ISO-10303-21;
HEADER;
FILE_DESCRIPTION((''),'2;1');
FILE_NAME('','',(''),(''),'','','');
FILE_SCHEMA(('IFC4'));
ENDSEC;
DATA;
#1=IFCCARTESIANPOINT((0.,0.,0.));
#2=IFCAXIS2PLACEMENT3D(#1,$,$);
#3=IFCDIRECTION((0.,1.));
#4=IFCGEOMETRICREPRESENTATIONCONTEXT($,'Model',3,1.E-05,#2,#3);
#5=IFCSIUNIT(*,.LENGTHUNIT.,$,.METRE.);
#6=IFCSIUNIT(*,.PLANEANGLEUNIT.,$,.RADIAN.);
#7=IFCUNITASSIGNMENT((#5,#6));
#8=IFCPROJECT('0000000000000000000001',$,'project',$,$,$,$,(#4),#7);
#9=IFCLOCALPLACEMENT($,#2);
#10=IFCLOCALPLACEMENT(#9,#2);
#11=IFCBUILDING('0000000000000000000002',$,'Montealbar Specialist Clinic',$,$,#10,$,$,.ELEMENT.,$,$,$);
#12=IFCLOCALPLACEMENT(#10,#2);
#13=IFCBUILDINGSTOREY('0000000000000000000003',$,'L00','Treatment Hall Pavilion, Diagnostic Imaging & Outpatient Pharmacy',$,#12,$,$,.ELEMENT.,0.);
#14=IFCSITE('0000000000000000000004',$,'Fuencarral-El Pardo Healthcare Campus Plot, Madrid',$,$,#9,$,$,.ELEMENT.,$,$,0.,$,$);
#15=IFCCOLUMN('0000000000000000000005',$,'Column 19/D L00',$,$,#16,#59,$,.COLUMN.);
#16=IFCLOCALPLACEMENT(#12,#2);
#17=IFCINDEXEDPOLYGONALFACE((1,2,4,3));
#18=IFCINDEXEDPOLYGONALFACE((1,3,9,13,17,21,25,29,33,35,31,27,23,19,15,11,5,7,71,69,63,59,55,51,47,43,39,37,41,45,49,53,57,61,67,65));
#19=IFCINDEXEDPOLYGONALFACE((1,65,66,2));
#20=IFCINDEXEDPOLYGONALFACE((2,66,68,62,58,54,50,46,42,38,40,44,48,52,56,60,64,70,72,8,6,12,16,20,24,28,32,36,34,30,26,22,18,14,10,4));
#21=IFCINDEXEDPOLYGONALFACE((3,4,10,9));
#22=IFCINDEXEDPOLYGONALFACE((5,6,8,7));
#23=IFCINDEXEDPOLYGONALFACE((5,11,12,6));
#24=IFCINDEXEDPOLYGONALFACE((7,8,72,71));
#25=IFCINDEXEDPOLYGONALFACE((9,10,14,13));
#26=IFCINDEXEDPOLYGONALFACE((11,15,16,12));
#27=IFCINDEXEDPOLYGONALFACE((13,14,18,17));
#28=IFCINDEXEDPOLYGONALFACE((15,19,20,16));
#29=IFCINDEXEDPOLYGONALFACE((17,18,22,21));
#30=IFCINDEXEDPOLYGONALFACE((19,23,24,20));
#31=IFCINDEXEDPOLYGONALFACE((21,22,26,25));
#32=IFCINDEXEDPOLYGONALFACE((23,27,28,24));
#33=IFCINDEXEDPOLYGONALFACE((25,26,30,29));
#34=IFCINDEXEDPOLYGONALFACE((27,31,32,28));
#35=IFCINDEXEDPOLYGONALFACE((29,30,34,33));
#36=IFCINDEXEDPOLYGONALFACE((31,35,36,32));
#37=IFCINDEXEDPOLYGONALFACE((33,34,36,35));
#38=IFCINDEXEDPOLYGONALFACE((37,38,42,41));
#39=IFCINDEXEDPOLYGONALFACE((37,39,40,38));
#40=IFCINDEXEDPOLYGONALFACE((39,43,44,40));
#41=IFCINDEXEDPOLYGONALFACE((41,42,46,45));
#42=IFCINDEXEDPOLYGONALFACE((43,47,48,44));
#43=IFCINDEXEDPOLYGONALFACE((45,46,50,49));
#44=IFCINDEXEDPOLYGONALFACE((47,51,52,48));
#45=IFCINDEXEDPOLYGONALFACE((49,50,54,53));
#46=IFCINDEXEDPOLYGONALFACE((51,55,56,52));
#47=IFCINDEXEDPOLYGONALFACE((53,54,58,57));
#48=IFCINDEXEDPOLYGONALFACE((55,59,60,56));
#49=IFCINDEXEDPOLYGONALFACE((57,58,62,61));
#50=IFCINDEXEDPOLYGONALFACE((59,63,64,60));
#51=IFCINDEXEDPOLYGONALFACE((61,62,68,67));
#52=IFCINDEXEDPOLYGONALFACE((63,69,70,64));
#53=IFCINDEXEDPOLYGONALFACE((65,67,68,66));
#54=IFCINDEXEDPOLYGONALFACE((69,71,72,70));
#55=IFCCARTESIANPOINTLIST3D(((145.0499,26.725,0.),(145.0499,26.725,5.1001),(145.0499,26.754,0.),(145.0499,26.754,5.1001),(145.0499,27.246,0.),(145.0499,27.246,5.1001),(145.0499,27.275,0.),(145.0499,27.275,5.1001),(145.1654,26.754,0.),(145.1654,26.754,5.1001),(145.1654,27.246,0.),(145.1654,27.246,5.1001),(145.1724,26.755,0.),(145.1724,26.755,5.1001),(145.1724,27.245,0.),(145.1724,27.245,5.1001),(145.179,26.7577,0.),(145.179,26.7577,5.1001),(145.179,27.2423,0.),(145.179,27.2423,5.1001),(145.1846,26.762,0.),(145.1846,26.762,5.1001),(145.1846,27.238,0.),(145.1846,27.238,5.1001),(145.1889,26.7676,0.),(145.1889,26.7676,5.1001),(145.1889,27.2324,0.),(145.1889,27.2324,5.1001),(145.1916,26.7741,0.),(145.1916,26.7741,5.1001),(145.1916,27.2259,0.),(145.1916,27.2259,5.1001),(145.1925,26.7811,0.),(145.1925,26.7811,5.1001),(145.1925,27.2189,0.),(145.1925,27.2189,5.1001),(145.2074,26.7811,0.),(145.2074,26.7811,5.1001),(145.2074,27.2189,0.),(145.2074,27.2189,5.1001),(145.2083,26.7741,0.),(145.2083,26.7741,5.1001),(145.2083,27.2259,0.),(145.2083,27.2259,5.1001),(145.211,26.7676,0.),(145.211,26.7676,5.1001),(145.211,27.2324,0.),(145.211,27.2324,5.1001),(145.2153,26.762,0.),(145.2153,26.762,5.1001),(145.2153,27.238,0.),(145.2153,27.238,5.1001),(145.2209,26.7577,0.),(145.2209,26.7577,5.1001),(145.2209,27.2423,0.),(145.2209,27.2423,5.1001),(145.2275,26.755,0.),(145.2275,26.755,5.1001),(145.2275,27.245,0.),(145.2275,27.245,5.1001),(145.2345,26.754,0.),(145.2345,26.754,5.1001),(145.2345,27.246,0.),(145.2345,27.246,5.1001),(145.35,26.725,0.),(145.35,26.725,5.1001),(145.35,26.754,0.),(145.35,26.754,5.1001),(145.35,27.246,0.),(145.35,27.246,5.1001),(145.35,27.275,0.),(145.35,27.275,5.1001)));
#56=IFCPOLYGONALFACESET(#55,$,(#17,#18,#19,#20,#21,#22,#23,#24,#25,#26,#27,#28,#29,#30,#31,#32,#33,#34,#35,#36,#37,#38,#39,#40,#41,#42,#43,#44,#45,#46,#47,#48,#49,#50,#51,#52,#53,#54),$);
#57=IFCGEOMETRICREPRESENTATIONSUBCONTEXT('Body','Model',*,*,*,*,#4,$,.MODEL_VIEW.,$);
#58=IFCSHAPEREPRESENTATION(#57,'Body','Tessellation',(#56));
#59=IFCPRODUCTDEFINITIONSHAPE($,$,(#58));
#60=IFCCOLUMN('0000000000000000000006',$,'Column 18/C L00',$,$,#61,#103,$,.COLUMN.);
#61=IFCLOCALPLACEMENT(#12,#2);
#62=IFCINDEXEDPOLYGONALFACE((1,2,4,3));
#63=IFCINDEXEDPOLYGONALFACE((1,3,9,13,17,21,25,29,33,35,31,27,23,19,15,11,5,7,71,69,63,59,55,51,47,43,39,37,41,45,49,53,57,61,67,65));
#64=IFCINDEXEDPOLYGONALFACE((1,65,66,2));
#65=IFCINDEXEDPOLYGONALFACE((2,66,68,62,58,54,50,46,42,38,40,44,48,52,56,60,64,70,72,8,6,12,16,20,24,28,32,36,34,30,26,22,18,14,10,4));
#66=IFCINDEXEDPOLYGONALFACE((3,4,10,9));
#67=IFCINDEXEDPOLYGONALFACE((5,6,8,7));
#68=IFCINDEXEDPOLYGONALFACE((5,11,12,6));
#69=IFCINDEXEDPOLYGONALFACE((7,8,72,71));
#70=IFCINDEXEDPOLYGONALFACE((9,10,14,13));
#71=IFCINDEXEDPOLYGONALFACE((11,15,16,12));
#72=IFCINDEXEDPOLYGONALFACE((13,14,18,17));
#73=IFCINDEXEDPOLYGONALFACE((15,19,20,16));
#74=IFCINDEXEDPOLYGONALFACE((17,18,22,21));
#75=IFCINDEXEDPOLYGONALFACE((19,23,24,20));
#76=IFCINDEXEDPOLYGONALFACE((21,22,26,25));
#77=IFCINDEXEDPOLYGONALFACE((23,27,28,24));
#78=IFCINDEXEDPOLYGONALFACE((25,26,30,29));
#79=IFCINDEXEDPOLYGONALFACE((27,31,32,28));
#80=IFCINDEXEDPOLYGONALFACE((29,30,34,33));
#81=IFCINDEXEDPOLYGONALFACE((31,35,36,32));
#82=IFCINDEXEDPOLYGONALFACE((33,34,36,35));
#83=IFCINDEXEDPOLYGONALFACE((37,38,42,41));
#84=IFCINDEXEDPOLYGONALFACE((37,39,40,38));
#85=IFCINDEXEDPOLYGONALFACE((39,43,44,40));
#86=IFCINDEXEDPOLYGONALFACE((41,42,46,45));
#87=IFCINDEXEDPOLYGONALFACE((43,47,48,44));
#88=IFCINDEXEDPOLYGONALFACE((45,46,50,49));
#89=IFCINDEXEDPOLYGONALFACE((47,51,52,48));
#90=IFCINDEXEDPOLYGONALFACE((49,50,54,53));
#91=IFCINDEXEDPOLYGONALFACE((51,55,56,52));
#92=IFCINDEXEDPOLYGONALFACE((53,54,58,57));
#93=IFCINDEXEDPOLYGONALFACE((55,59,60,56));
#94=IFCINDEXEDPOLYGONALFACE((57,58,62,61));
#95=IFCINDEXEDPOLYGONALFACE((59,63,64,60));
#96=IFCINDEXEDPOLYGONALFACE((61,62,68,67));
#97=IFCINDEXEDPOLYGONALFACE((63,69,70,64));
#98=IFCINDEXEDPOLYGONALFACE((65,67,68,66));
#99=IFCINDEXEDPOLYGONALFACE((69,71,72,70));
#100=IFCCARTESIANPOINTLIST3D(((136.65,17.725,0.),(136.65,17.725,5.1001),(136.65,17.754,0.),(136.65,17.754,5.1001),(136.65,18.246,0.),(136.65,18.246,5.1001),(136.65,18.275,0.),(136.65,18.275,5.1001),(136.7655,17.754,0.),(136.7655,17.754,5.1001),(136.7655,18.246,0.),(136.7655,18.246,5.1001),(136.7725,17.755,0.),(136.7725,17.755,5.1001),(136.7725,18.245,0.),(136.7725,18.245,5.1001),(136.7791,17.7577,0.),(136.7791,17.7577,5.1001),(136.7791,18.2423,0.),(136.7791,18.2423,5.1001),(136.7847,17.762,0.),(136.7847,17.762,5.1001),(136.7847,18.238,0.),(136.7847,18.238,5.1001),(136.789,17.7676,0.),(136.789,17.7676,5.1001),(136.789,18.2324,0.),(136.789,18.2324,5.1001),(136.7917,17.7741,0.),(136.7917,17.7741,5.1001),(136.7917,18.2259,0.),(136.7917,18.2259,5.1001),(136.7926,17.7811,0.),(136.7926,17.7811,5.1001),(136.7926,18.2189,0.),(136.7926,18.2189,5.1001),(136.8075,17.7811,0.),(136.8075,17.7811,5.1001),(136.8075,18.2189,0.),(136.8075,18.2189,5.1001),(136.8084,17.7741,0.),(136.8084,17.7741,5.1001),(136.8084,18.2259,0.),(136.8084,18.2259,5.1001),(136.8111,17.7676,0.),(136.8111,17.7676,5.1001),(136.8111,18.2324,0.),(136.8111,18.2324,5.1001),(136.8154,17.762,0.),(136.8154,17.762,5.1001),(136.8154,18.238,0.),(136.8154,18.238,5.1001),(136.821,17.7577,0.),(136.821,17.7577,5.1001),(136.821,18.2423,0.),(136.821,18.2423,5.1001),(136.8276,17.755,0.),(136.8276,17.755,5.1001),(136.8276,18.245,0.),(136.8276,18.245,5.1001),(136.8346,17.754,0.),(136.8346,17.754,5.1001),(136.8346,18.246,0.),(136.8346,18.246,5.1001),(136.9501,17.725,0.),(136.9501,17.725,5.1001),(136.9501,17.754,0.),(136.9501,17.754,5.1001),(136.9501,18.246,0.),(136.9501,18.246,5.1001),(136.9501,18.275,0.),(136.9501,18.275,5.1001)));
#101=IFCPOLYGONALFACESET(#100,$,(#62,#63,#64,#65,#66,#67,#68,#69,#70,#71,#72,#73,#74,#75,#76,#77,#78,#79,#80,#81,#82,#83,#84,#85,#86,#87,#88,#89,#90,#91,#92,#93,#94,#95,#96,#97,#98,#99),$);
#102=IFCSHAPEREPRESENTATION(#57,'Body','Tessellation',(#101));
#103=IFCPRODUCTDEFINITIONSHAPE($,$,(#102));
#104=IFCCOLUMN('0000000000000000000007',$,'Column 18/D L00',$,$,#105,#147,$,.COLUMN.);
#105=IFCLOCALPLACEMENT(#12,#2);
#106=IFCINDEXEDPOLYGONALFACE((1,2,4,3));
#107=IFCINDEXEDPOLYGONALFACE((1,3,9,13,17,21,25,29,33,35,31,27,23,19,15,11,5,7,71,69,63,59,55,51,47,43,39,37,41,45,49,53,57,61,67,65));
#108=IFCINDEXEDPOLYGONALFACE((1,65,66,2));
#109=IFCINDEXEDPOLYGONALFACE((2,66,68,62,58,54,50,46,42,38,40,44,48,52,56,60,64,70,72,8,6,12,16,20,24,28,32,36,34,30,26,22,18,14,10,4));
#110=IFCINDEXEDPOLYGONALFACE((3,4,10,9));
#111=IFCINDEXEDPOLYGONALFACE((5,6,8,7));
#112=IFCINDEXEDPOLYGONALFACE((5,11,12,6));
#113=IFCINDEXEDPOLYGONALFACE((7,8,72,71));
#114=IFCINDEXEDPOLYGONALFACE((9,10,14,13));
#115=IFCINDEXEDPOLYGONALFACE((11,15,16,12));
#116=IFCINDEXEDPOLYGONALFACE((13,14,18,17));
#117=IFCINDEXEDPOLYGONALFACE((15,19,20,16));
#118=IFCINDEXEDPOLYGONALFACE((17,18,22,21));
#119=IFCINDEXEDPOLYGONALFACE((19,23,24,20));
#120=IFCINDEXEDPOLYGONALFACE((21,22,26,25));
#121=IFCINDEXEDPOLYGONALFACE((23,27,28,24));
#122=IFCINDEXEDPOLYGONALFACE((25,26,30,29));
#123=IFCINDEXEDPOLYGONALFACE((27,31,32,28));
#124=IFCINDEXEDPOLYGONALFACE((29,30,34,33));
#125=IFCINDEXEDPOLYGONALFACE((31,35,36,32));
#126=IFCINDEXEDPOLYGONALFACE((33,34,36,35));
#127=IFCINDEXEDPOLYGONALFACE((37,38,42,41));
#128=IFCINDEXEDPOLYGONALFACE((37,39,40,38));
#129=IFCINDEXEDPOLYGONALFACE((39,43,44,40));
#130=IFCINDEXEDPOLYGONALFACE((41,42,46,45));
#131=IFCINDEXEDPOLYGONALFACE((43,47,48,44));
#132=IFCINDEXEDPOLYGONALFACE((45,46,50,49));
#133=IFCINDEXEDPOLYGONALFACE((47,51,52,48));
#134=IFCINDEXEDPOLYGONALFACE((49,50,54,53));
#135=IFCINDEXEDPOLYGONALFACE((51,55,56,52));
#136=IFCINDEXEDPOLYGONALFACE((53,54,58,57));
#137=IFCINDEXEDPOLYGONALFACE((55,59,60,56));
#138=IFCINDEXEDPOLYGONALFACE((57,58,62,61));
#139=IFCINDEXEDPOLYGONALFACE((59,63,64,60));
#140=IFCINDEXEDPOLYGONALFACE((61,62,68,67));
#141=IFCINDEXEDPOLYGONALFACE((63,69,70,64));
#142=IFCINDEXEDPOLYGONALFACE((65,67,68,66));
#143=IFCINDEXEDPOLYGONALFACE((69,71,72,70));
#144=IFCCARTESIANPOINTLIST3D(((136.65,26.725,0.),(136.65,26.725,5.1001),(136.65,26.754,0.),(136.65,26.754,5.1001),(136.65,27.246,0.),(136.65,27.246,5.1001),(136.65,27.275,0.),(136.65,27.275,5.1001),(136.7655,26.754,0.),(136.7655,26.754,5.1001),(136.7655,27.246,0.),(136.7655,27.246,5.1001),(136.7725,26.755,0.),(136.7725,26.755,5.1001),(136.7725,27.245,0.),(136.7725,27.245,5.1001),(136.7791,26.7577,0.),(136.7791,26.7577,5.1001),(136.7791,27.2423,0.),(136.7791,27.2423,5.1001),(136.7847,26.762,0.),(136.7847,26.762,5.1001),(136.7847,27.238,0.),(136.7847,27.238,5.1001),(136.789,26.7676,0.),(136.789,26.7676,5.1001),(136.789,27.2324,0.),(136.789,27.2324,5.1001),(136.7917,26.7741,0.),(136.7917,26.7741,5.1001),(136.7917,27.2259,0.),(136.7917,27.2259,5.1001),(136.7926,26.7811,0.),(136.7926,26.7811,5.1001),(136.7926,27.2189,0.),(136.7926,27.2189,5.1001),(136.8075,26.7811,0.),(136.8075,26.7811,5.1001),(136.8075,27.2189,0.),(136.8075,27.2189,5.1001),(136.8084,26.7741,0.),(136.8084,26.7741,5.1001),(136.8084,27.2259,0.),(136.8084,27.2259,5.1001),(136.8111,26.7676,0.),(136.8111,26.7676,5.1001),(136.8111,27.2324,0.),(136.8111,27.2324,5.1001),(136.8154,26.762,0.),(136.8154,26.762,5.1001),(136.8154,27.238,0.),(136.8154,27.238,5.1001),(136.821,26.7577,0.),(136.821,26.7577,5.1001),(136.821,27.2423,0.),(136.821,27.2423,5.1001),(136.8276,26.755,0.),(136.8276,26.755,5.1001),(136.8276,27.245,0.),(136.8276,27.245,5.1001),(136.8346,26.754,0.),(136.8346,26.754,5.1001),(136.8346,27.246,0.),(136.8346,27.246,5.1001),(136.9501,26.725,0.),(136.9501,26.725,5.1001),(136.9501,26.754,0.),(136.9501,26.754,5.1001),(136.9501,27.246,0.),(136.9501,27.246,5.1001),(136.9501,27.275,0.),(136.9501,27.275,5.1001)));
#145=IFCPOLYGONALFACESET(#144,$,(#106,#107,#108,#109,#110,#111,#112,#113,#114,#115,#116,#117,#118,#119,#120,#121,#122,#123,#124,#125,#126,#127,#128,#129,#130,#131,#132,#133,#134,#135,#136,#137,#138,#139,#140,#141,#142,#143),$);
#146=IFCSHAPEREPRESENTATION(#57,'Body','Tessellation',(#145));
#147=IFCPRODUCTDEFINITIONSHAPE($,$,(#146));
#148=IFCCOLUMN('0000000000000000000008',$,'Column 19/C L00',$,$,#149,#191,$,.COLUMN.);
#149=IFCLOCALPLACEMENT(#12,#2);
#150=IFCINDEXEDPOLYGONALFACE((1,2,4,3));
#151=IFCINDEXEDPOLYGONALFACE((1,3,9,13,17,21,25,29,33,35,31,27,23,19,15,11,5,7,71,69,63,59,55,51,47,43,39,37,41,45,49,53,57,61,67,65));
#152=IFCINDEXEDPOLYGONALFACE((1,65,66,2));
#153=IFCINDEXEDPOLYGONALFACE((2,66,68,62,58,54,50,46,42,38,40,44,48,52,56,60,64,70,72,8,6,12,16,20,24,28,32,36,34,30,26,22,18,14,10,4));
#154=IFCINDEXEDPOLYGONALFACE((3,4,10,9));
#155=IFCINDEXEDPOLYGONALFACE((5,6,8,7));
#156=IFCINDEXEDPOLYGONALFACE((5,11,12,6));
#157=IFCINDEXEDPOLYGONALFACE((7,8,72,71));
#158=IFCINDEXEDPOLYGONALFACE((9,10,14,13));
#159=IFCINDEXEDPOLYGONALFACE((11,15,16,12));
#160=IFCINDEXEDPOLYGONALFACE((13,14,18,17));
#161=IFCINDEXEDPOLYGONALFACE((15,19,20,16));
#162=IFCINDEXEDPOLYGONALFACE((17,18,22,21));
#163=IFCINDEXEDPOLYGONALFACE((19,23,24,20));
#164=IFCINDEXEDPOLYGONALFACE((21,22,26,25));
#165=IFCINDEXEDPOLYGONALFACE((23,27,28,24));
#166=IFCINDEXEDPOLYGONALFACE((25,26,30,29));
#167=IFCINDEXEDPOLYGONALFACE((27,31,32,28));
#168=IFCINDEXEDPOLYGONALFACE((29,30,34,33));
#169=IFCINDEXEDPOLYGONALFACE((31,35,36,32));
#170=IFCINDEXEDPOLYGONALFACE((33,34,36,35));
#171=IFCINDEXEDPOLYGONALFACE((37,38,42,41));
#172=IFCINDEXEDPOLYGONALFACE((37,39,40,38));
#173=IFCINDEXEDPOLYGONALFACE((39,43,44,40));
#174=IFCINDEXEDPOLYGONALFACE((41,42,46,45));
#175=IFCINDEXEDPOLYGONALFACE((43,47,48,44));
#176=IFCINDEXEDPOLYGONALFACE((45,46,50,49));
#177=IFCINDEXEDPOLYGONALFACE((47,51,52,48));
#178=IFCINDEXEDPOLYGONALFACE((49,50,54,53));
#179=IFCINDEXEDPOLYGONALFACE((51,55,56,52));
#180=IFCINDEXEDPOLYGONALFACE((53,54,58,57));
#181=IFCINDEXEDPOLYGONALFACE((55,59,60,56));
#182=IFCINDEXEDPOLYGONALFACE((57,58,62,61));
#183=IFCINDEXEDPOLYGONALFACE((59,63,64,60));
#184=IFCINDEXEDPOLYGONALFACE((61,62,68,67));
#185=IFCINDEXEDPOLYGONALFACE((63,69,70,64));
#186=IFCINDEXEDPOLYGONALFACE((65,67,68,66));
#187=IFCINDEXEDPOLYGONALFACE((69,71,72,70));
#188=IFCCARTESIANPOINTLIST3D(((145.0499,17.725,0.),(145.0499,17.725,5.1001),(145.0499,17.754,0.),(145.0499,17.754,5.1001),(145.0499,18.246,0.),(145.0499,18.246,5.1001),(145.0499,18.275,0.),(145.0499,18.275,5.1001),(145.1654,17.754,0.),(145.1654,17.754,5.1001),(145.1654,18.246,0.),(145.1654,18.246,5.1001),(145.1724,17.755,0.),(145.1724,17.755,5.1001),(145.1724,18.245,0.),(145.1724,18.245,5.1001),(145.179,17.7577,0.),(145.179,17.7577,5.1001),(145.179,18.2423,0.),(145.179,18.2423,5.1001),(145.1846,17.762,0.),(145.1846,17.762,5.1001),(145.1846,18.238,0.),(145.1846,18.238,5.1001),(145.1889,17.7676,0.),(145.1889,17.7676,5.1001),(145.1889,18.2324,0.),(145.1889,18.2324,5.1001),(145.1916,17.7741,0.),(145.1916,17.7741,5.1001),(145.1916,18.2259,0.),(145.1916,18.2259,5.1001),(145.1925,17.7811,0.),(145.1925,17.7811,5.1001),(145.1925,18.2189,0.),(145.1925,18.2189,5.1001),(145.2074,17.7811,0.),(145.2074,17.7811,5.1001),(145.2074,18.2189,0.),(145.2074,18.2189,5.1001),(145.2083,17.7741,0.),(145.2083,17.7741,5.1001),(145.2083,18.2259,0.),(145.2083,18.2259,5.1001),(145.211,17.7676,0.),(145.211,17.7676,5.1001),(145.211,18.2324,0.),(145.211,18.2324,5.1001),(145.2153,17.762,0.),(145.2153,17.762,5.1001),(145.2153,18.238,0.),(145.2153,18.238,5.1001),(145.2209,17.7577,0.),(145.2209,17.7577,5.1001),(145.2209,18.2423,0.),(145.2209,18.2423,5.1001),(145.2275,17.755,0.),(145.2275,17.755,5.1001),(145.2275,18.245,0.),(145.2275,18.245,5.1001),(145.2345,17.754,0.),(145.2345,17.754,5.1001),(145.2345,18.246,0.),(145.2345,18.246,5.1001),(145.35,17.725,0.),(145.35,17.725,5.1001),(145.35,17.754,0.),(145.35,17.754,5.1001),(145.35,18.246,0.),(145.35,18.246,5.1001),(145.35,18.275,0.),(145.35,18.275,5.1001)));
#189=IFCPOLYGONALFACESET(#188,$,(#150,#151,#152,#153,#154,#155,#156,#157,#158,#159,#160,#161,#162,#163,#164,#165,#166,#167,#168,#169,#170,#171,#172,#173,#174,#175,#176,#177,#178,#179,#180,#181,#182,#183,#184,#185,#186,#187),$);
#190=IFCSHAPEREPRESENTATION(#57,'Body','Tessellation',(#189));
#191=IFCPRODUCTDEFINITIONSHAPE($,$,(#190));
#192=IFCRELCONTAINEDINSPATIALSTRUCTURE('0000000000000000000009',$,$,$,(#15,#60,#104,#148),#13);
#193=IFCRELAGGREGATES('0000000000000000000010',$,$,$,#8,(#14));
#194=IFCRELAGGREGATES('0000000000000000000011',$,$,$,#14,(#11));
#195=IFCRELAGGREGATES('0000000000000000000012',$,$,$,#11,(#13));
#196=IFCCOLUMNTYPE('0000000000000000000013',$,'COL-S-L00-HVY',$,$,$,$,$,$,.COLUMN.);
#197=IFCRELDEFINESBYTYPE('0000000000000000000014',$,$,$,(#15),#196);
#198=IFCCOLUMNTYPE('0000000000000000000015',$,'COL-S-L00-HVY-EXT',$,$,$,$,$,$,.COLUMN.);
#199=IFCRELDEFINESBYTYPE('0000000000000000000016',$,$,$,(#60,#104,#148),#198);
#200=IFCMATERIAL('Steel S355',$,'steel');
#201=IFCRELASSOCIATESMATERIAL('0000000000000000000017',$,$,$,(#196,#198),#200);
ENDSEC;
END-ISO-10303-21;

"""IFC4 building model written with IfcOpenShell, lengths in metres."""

from ifc_helpers import new_model, si_unit, direction, frame, origin, origin_2d, place, context, subcontext, project, spatial, i_section, extrude, material, material_profile, profile_set, type_object, element, save


model = new_model("IFC4")

# Units and contexts
model_context = context("Model", 3, precision=1e-05, world=origin(), true_north=direction((0.0, 1.0)))
body_context = subcontext(model_context, "Body", "Model", "MODEL_VIEW")
ifc_project = project(units=[si_unit("LENGTHUNIT", "METRE"), si_unit("PLANEANGLEUNIT", "RADIAN")], contexts=[model_context])

# Site, building, storey
site_placement = place(None, origin())
site = spatial("IfcSite", under=ifc_project, at=site_placement, Name="Fuencarral-El Pardo Healthcare Campus Plot, Madrid", CompositionType="ELEMENT", RefElevation=0.0)
building_placement = place(site_placement, origin())
building = spatial("IfcBuilding", under=site, at=building_placement, Name="Montealbar Specialist Clinic", CompositionType="ELEMENT")
storey_placement = place(building_placement, origin())
storey = spatial("IfcBuildingStorey", under=building, at=storey_placement, Name="L00", Description="Treatment Hall Pavilion, Diagnostic Imaging & Outpatient Pharmacy", CompositionType="ELEMENT", Elevation=0.0)

# Columns
ifc_material_1 = material(Name="Steel S355", Category="steel")
ifc_material_profile_1 = material_profile(ifc_material_1, i_section(OverallWidth=0.3, OverallDepth=0.55, WebThickness=0.0149, FlangeThickness=0.0291, FilletRadius=0.0271, at=origin_2d()), Name="HEB 550", Category="steel")
ifc_profile_set_1 = profile_set([ifc_material_profile_1], Name="Steel S355")
column_type_1 = type_object("IfcColumnType", Name="COL-S-L00-HVY", PredefinedType="COLUMN", material=ifc_profile_set_1)
column_placement = place(storey_placement, frame((145.2, 27.0, 0.0), z_axis=(0.0, 0.0, 1.0), x_axis=(1.0, 0.0, 0.0)))
element("IfcColumn", 1, at=column_placement, inside=storey, type_object=column_type_1, Name="Column 19/D L00", PredefinedType="COLUMN", context=body_context, shape_type="SweptSolid", body=[
    extrude(i_section(OverallWidth=0.3, OverallDepth=0.55, WebThickness=0.0149, FlangeThickness=0.0291, FilletRadius=0.0271, at=origin_2d()), origin(), (0.0, 0.0, 1.0), 5.1001),
])
ifc_material_profile_2 = material_profile(ifc_material_1, i_section(OverallWidth=0.3, OverallDepth=0.55, WebThickness=0.0149, FlangeThickness=0.0291, FilletRadius=0.0271, at=origin_2d()), Name="HEB 550", Category="steel")
ifc_profile_set_2 = profile_set([ifc_material_profile_2], Name="Steel S355")
column_type_2 = type_object("IfcColumnType", Name="COL-S-L00-HVY-EXT", PredefinedType="COLUMN", material=ifc_profile_set_2)
for number, where, z_axis, x_axis, name in (
    (2, (136.8, 18.0, 0.0), (0.0, 0.0, 1.0), (1.0, 0.0, 0.0), "Column 18/C L00"),
    (3, (136.8, 27.0, 0.0), (0.0, 0.0, 1.0), (1.0, 0.0, 0.0), "Column 18/D L00"),
    (4, (145.2, 18.0, 0.0), (0.0, 0.0, 1.0), (1.0, 0.0, 0.0), "Column 19/C L00"),
):
    element("IfcColumn", number, at=place(storey_placement, frame(where, z_axis=z_axis, x_axis=x_axis)), inside=storey, type_object=column_type_2, Name=name, PredefinedType="COLUMN", context=body_context, shape_type="SweptSolid", body=[
        extrude(i_section(OverallWidth=0.3, OverallDepth=0.55, WebThickness=0.0149, FlangeThickness=0.0291, FilletRadius=0.0271, at=origin_2d()), origin(), (0.0, 0.0, 1.0), 5.1001),
    ])

save(model, "model.ifc")
